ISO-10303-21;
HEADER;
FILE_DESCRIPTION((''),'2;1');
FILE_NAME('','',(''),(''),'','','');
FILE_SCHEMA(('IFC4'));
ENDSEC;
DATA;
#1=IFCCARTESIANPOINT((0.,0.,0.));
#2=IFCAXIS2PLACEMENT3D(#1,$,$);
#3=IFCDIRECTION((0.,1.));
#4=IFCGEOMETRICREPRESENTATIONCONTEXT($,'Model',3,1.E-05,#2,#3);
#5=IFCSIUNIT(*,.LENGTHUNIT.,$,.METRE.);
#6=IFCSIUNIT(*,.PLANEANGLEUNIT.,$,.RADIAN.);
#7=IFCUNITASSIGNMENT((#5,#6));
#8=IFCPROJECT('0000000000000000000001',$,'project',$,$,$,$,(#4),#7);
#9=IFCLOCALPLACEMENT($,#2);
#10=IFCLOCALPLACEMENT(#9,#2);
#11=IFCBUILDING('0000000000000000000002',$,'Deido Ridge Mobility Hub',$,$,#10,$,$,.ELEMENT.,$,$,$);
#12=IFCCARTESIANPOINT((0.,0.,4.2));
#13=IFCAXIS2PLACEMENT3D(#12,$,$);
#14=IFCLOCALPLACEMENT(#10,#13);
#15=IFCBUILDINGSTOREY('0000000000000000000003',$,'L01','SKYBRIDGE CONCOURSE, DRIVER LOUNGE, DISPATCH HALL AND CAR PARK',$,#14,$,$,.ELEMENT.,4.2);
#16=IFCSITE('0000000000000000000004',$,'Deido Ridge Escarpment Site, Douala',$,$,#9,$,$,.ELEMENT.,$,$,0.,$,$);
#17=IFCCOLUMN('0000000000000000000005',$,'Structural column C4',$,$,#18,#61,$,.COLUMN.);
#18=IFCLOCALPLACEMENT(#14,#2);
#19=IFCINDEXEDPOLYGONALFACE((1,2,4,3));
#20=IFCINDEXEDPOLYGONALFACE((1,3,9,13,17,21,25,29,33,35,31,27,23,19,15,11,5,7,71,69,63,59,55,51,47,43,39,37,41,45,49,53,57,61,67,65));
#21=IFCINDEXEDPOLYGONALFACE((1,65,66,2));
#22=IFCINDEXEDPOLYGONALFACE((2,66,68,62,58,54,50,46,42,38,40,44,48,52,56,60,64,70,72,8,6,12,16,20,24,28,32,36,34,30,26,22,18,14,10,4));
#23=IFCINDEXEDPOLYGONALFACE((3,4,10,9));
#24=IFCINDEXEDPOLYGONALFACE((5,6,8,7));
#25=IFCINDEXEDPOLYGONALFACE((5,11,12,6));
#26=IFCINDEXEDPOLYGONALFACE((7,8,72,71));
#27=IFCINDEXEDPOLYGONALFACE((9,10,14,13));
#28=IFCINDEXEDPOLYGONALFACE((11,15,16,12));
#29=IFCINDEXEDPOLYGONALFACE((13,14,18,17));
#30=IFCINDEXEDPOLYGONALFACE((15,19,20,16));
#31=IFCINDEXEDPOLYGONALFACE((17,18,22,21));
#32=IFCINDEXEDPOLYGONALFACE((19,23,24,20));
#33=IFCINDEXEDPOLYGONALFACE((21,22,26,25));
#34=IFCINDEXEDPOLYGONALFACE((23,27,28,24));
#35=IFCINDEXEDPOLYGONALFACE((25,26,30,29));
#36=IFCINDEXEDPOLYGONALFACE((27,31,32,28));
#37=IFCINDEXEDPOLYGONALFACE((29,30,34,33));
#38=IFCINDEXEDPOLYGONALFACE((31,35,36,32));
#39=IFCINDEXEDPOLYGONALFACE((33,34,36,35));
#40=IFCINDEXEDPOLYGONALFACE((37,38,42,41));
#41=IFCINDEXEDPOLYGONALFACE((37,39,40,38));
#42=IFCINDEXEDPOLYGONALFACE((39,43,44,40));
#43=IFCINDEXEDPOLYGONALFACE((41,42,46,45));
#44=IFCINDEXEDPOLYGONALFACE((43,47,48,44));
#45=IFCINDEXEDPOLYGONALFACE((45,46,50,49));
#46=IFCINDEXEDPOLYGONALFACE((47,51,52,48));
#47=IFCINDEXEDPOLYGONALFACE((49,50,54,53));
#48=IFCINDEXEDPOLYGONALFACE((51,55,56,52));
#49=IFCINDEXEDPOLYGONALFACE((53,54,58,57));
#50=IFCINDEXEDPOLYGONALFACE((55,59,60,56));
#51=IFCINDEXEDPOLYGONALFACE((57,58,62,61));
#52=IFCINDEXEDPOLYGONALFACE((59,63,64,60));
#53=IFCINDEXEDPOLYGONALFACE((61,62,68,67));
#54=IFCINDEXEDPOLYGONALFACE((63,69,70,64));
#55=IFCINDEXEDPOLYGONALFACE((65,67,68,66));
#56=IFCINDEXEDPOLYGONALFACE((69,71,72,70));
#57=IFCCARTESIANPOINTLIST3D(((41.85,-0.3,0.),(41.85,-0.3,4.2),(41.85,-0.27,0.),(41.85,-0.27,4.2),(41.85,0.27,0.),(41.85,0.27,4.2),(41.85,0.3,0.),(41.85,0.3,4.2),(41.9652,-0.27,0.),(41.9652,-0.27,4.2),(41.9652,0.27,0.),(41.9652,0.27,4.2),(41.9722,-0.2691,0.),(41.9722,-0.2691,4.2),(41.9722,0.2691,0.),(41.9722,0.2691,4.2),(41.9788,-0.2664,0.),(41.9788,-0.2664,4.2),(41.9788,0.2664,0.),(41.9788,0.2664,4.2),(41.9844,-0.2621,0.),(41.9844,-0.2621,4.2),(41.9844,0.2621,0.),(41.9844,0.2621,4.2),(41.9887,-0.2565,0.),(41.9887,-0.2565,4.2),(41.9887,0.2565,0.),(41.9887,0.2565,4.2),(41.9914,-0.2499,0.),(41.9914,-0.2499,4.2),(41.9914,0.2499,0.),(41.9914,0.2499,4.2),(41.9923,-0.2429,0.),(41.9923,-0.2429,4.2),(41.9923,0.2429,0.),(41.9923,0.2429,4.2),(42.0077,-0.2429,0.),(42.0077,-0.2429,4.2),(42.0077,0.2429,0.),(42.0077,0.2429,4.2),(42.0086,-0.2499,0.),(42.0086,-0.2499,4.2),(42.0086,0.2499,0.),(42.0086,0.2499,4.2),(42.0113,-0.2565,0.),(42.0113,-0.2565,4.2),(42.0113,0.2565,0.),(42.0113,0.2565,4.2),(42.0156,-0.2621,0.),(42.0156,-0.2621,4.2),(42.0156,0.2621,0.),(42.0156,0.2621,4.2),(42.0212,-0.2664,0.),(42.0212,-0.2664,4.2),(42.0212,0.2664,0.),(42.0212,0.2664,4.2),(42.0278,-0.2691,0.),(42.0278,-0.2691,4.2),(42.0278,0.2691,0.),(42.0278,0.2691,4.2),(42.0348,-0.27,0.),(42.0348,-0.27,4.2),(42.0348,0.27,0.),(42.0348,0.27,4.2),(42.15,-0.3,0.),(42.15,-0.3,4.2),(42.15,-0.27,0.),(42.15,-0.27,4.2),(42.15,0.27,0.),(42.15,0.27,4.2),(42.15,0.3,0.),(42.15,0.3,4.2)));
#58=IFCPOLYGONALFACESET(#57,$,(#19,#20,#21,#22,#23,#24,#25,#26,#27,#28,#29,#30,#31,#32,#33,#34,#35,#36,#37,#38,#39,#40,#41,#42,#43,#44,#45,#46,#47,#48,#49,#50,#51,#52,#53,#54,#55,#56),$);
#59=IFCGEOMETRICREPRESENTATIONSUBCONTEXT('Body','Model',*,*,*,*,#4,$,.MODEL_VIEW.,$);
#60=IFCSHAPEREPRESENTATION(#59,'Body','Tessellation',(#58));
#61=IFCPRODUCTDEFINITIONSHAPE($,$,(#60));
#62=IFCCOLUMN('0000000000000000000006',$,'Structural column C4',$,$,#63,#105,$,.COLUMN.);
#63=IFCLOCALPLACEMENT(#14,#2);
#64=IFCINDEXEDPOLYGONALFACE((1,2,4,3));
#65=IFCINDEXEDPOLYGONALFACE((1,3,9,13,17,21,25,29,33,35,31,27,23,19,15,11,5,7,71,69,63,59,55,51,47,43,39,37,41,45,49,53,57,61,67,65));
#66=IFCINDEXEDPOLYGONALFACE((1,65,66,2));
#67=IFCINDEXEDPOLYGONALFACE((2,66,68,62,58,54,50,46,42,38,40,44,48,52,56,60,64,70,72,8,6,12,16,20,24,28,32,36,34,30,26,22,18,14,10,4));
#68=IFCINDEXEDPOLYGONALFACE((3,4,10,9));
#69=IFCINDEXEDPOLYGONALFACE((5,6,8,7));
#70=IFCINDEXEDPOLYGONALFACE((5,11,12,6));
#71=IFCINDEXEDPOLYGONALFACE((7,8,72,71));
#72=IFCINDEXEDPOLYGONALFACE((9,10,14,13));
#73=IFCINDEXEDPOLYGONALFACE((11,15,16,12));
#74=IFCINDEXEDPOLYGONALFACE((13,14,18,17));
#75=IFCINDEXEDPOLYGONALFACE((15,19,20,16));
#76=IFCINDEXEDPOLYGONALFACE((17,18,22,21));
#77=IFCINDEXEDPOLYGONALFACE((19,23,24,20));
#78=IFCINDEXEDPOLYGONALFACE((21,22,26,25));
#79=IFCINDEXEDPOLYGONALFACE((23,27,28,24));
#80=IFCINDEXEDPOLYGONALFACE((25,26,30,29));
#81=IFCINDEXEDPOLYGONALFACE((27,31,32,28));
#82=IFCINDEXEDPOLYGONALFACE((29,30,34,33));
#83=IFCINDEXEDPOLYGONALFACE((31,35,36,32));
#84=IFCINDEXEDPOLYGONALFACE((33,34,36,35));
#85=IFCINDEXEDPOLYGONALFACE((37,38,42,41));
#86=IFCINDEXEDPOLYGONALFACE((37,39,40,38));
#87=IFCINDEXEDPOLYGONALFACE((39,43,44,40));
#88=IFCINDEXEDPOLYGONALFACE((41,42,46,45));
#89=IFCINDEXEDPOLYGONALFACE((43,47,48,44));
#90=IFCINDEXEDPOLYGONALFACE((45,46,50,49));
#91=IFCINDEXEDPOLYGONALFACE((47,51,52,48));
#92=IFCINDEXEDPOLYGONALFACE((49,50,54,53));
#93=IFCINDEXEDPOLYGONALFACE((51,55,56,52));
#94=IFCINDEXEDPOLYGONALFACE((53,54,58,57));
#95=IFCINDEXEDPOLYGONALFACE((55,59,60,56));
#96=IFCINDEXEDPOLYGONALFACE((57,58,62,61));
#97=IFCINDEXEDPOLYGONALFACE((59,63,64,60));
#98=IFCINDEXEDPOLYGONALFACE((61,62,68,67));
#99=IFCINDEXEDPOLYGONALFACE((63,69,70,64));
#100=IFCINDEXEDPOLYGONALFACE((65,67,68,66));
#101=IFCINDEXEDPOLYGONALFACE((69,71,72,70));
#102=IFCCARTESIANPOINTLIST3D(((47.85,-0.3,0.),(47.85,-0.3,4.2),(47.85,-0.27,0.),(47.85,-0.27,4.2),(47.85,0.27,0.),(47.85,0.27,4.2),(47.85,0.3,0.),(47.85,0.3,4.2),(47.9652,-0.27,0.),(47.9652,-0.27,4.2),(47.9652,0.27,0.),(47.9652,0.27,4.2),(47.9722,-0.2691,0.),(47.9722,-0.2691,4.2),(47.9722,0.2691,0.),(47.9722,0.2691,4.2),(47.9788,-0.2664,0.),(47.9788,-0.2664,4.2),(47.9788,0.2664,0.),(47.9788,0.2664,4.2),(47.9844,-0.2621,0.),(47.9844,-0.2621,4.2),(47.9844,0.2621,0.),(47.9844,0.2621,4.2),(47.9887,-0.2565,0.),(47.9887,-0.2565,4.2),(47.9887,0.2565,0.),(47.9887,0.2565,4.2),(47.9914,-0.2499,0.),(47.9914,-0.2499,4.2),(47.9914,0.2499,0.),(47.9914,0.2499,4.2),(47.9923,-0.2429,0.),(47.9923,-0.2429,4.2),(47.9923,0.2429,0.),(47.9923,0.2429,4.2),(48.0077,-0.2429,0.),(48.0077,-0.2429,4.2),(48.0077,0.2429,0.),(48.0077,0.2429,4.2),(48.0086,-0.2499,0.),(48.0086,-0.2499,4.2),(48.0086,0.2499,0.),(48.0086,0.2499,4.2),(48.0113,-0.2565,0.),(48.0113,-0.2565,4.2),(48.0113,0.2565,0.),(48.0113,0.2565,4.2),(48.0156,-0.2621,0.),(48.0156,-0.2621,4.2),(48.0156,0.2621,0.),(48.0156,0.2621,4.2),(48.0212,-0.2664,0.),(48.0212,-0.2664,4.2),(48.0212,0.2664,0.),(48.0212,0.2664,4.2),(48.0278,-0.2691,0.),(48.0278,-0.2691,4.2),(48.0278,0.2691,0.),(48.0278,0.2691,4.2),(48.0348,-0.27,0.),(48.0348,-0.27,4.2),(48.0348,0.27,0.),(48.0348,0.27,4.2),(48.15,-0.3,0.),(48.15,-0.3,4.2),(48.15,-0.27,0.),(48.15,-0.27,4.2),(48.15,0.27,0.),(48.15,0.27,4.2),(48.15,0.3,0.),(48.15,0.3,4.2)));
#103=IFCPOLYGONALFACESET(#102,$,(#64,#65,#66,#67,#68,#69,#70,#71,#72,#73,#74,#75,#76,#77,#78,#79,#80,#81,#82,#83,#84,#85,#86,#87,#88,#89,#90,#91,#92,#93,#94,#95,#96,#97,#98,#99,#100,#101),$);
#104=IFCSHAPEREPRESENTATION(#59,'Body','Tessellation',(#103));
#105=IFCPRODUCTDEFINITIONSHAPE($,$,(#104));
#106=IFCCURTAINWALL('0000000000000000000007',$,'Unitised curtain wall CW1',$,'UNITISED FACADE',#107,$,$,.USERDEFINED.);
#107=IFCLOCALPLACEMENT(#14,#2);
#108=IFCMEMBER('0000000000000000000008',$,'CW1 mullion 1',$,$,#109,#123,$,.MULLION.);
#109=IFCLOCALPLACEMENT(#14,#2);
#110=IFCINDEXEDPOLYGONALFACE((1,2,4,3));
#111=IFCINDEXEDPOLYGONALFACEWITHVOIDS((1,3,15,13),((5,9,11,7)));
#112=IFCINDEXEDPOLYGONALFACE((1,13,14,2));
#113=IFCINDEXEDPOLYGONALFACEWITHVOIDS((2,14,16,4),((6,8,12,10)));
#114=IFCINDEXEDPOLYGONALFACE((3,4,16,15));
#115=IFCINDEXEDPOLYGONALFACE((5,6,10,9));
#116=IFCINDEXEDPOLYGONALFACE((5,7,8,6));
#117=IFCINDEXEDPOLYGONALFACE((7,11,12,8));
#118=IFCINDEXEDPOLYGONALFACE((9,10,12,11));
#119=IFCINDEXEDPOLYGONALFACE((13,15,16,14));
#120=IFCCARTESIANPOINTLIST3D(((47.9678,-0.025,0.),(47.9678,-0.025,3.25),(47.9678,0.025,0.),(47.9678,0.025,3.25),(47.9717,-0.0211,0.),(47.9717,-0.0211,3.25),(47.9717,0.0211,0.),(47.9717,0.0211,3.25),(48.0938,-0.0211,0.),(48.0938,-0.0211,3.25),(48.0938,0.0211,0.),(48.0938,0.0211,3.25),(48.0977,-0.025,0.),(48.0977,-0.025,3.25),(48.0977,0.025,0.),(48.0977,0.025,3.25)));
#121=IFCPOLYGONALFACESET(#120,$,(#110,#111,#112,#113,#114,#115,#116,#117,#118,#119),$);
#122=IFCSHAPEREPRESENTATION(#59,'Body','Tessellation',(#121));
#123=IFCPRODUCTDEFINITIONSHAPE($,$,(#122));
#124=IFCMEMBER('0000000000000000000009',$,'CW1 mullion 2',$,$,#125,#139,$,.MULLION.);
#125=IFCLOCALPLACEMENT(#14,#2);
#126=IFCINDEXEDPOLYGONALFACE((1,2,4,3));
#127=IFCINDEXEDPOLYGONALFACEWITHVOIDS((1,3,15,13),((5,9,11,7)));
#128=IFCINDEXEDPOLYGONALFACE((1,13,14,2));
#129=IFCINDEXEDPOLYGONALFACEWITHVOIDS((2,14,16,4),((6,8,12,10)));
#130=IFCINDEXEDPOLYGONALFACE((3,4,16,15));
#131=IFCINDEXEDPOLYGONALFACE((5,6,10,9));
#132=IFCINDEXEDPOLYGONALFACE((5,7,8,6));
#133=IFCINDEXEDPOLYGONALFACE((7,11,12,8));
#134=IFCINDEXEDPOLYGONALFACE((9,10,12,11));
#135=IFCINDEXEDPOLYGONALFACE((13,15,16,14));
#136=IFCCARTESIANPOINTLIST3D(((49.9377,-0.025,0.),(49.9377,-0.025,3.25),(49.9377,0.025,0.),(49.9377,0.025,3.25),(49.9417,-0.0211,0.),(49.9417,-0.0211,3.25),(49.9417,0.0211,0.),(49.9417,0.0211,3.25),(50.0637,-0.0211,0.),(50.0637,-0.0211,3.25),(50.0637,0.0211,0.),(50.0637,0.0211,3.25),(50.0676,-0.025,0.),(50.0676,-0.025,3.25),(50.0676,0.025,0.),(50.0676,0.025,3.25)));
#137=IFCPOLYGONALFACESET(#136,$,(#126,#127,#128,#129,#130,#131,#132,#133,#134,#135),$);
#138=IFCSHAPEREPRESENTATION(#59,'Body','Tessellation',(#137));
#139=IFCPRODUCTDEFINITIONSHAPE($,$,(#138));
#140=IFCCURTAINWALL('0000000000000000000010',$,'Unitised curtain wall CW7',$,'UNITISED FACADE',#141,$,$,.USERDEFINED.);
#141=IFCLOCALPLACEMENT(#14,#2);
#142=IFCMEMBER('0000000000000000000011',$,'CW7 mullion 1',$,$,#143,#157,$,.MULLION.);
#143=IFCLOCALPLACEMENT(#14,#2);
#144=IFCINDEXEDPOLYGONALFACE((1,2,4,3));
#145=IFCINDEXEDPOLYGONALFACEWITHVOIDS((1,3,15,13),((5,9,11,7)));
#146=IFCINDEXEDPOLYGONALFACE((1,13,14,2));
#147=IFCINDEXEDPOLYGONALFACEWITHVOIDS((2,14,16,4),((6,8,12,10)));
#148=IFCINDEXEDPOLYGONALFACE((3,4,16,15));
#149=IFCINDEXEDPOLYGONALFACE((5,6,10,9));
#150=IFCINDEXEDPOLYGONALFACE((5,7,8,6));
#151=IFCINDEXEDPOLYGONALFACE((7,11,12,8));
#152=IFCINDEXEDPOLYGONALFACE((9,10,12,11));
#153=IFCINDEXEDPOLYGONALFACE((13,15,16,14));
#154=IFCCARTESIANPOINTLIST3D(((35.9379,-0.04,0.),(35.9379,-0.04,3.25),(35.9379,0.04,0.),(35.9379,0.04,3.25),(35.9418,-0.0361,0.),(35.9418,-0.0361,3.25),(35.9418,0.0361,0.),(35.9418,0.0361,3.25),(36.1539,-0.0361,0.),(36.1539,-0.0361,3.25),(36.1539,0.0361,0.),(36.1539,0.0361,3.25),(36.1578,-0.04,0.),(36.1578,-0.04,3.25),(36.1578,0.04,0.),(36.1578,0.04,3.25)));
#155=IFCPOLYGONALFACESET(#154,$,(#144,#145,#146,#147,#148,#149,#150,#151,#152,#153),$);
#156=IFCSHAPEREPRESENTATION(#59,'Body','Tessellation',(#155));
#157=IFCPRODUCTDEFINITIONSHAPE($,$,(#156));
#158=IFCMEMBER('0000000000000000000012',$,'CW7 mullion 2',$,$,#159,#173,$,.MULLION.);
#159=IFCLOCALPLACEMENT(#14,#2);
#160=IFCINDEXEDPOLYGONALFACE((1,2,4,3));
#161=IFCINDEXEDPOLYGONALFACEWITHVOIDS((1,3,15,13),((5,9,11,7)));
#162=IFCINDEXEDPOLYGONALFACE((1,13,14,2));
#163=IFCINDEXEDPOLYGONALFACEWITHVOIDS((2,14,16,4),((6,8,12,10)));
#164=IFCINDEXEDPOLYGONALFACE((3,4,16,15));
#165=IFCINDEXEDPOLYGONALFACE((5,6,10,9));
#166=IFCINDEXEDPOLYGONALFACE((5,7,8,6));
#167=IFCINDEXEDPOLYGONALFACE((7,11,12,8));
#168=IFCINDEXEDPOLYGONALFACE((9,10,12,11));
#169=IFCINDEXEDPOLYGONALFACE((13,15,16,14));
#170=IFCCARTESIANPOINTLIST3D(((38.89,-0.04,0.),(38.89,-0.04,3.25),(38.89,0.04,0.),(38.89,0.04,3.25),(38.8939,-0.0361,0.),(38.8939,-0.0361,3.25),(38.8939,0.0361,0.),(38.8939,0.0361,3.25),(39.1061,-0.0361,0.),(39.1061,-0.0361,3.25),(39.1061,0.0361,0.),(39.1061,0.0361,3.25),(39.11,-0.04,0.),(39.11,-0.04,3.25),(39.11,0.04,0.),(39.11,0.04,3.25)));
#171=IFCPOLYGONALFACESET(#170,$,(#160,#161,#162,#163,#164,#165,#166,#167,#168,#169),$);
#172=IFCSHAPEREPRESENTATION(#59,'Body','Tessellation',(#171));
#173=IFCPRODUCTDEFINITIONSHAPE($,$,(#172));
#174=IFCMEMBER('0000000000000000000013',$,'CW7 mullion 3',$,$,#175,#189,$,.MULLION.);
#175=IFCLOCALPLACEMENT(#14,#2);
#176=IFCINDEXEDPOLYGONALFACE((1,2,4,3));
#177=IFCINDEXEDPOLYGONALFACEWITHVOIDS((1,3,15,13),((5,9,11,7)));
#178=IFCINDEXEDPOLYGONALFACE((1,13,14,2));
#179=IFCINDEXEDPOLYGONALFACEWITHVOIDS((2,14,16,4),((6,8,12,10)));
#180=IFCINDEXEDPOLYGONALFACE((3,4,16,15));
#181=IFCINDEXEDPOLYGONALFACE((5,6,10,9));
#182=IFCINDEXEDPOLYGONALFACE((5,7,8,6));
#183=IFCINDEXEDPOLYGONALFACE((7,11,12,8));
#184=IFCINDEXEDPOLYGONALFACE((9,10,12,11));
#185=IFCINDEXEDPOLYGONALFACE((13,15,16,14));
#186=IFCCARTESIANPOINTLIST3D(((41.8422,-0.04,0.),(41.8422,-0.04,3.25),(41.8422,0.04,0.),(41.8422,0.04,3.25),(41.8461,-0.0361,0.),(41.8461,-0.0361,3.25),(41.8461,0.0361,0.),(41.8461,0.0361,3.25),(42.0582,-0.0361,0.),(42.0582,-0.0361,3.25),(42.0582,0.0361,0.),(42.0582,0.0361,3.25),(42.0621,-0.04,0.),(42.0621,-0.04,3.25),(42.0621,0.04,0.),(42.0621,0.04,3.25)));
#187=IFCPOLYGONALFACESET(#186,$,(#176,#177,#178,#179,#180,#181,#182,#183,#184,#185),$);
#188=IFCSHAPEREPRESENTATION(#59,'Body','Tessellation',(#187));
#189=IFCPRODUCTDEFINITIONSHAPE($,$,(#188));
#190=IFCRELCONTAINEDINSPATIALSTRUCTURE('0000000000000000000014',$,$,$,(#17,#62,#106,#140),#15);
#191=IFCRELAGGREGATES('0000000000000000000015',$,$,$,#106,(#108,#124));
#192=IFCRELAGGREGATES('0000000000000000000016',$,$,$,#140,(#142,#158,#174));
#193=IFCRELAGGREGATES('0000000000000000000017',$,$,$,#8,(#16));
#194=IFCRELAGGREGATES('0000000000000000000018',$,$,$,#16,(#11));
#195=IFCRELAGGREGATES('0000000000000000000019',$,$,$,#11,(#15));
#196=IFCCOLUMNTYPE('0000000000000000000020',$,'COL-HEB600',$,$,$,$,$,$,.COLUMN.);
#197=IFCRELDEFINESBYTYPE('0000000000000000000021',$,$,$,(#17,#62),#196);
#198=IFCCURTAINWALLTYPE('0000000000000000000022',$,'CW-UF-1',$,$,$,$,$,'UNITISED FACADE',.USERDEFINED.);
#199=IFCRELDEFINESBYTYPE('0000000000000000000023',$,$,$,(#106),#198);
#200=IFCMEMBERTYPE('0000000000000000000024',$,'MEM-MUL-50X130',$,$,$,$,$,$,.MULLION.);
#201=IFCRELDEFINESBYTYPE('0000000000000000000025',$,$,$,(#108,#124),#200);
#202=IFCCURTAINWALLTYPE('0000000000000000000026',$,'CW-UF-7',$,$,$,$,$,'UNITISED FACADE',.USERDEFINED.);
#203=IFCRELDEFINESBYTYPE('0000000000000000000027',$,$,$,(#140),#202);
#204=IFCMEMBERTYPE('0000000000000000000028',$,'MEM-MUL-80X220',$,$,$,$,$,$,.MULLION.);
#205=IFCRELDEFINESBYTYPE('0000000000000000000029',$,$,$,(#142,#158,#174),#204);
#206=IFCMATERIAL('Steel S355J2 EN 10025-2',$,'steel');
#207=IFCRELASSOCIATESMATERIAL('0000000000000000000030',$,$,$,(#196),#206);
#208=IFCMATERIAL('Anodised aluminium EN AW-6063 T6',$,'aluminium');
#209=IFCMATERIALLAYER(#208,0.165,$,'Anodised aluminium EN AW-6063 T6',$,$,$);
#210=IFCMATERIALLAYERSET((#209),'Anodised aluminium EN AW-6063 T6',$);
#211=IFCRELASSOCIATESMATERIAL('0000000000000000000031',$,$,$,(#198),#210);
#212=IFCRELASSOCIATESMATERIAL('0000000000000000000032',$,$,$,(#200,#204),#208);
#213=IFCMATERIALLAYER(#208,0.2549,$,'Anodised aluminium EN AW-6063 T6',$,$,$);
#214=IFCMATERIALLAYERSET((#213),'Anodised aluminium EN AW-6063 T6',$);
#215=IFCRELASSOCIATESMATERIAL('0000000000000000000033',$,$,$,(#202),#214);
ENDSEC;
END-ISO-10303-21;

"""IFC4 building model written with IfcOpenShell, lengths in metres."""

from ifc_helpers import new_model, si_unit, direction, frame, origin, origin_2d, place, context, subcontext, project, spatial, hollow_rectangle, i_section, extrude, material, layer, layer_set, material_profile, profile_set, type_object, element, aggregate, save


model = new_model("IFC4")

# Units and contexts
model_context = context("Model", 3, precision=1e-05, world=origin(), true_north=direction((0.0, 1.0)))
body_context = subcontext(model_context, "Body", "Model", "MODEL_VIEW")
ifc_project = project(units=[si_unit("LENGTHUNIT", "METRE"), si_unit("PLANEANGLEUNIT", "RADIAN")], contexts=[model_context])

# Site, building, storey
site_placement = place(None, origin())
site = spatial("IfcSite", under=ifc_project, at=site_placement, Name="Deido Ridge Escarpment Site, Douala", CompositionType="ELEMENT", RefElevation=0.0)
building_placement = place(site_placement, origin())
building = spatial("IfcBuilding", under=site, at=building_placement, Name="Deido Ridge Mobility Hub", CompositionType="ELEMENT")
storey_placement = place(building_placement, frame((0.0, 0.0, 4.2)))
storey = spatial("IfcBuildingStorey", under=building, at=storey_placement, Name="L01", Description="SKYBRIDGE CONCOURSE, DRIVER LOUNGE, DISPATCH HALL AND CAR PARK", CompositionType="ELEMENT", Elevation=4.2)

# Columns
ifc_material_1 = material(Name="Steel S355J2 EN 10025-2", Category="steel")
ifc_material_profile_1 = material_profile(ifc_material_1, i_section(OverallWidth=0.3, OverallDepth=0.6001, WebThickness=0.0154, FlangeThickness=0.03, FilletRadius=0.0271, at=origin_2d()), Name="HEB 600")
ifc_profile_set_1 = profile_set([ifc_material_profile_1], Name="Steel S355J2 EN 10025-2")
column_type = type_object("IfcColumnType", Name="COL-HEB600", PredefinedType="COLUMN", material=ifc_profile_set_1)
for number, where, z_axis, x_axis, name in (
    (1, (42.0, 0.0, 0.0), (0.0, 0.0, 1.0), (1.0, 0.0, 0.0), "Structural column C4"),
    (2, (48.0, 0.0, 0.0), (0.0, 0.0, 1.0), (1.0, 0.0, 0.0), "Structural column C4"),
):
    element("IfcColumn", number, at=place(storey_placement, frame(where, z_axis=z_axis, x_axis=x_axis)), inside=storey, type_object=column_type, Name=name, PredefinedType="COLUMN", context=body_context, shape_type="SweptSolid", body=[
        extrude(i_section(OverallWidth=0.3, OverallDepth=0.6001, WebThickness=0.0154, FlangeThickness=0.03, FilletRadius=0.0271, at=origin_2d()), origin(), (0.0, 0.0, 1.0), 4.2),
    ])

# Curtain walls, members
ifc_material_2 = material(Name="Anodised aluminium EN AW-6063 T6", Category="aluminium")
ifc_layer_1 = layer(ifc_material_2, 0.165, Name="Anodised aluminium EN AW-6063 T6")
ifc_layer_set_1 = layer_set([ifc_layer_1], Name="Anodised aluminium EN AW-6063 T6")
curtain_wall_type_1 = type_object("IfcCurtainWallType", Name="CW-UF-1", ElementType="UNITISED FACADE", PredefinedType="USERDEFINED", material=ifc_layer_set_1)
curtain_wall_1_placement = place(storey_placement, origin())
curtain_wall_1 = element("IfcCurtainWall", 3, at=curtain_wall_1_placement, inside=storey, type_object=curtain_wall_type_1, Name="Unitised curtain wall CW1", ObjectType="UNITISED FACADE", PredefinedType="USERDEFINED")
ifc_material_profile_2 = material_profile(ifc_material_2, hollow_rectangle(XDim=0.05, YDim=0.1299, WallThickness=0.0039, at=origin_2d()), Name="RHS 50x130x4")
ifc_profile_set_2 = profile_set([ifc_material_profile_2], Name="Anodised aluminium EN AW-6063 T6")
member_type_1 = type_object("IfcMemberType", Name="MEM-MUL-50X130", PredefinedType="MULLION", material=ifc_profile_set_2)
member_1_placement = place(storey_placement, frame((48.0327, 0.0, 0.0), z_axis=(0.0, 0.0, 1.0), x_axis=(0.0, 1.0, 0.0)))
member_1 = element("IfcMember", 4, at=member_1_placement, type_object=member_type_1, Name="CW1 mullion 1", PredefinedType="MULLION", context=body_context, shape_type="SweptSolid", body=[
    extrude(hollow_rectangle(XDim=0.05, YDim=0.1299, WallThickness=0.0039, at=origin_2d()), origin(), (0.0, 0.0, 1.0), 3.25),
])
member_2_placement = place(storey_placement, frame((50.0027, 0.0, 0.0), z_axis=(0.0, 0.0, 1.0), x_axis=(0.0, 1.0, 0.0)))
member_2 = element("IfcMember", 5, at=member_2_placement, type_object=member_type_1, Name="CW1 mullion 2", PredefinedType="MULLION", context=body_context, shape_type="SweptSolid", body=[
    extrude(hollow_rectangle(XDim=0.05, YDim=0.1299, WallThickness=0.0039, at=origin_2d()), origin(), (0.0, 0.0, 1.0), 3.25),
])
ifc_layer_2 = layer(ifc_material_2, 0.2549, Name="Anodised aluminium EN AW-6063 T6")
ifc_layer_set_2 = layer_set([ifc_layer_2], Name="Anodised aluminium EN AW-6063 T6")
curtain_wall_type_2 = type_object("IfcCurtainWallType", Name="CW-UF-7", ElementType="UNITISED FACADE", PredefinedType="USERDEFINED", material=ifc_layer_set_2)
curtain_wall_2_placement = place(storey_placement, origin())
curtain_wall_2 = element("IfcCurtainWall", 6, at=curtain_wall_2_placement, inside=storey, type_object=curtain_wall_type_2, Name="Unitised curtain wall CW7", ObjectType="UNITISED FACADE", PredefinedType="USERDEFINED")
ifc_material_profile_3 = material_profile(ifc_material_2, hollow_rectangle(XDim=0.0801, YDim=0.22, WallThickness=0.0039, at=origin_2d()), Name="RHS 80x220x4")
ifc_profile_set_3 = profile_set([ifc_material_profile_3], Name="Anodised aluminium EN AW-6063 T6")
member_type_2 = type_object("IfcMemberType", Name="MEM-MUL-80X220", PredefinedType="MULLION", material=ifc_profile_set_3)
member_3_placement = place(storey_placement, frame((36.0479, 0.0, 0.0), z_axis=(0.0, 0.0, 1.0), x_axis=(0.0, 1.0, 0.0)))
member_3 = element("IfcMember", 7, at=member_3_placement, type_object=member_type_2, Name="CW7 mullion 1", PredefinedType="MULLION", context=body_context, shape_type="SweptSolid", body=[
    extrude(hollow_rectangle(XDim=0.0801, YDim=0.22, WallThickness=0.0039, at=origin_2d()), origin(), (0.0, 0.0, 1.0), 3.25),
])
member_4_placement = place(storey_placement, frame((39.0, 0.0, 0.0), z_axis=(0.0, 0.0, 1.0), x_axis=(0.0, 1.0, 0.0)))
member_4 = element("IfcMember", 8, at=member_4_placement, type_object=member_type_2, Name="CW7 mullion 2", PredefinedType="MULLION", context=body_context, shape_type="SweptSolid", body=[
    extrude(hollow_rectangle(XDim=0.0801, YDim=0.22, WallThickness=0.0039, at=origin_2d()), origin(), (0.0, 0.0, 1.0), 3.25),
])
member_5_placement = place(storey_placement, frame((41.9521, 0.0, 0.0), z_axis=(0.0, 0.0, 1.0), x_axis=(0.0, 1.0, 0.0)))
member_5 = element("IfcMember", 9, at=member_5_placement, type_object=member_type_2, Name="CW7 mullion 3", PredefinedType="MULLION", context=body_context, shape_type="SweptSolid", body=[
    extrude(hollow_rectangle(XDim=0.0801, YDim=0.22, WallThickness=0.0039, at=origin_2d()), origin(), (0.0, 0.0, 1.0), 3.25),
])

aggregate(curtain_wall_1, [member_1, member_2])
aggregate(curtain_wall_2, [member_3, member_4, member_5])

save(model, "model.ifc")
